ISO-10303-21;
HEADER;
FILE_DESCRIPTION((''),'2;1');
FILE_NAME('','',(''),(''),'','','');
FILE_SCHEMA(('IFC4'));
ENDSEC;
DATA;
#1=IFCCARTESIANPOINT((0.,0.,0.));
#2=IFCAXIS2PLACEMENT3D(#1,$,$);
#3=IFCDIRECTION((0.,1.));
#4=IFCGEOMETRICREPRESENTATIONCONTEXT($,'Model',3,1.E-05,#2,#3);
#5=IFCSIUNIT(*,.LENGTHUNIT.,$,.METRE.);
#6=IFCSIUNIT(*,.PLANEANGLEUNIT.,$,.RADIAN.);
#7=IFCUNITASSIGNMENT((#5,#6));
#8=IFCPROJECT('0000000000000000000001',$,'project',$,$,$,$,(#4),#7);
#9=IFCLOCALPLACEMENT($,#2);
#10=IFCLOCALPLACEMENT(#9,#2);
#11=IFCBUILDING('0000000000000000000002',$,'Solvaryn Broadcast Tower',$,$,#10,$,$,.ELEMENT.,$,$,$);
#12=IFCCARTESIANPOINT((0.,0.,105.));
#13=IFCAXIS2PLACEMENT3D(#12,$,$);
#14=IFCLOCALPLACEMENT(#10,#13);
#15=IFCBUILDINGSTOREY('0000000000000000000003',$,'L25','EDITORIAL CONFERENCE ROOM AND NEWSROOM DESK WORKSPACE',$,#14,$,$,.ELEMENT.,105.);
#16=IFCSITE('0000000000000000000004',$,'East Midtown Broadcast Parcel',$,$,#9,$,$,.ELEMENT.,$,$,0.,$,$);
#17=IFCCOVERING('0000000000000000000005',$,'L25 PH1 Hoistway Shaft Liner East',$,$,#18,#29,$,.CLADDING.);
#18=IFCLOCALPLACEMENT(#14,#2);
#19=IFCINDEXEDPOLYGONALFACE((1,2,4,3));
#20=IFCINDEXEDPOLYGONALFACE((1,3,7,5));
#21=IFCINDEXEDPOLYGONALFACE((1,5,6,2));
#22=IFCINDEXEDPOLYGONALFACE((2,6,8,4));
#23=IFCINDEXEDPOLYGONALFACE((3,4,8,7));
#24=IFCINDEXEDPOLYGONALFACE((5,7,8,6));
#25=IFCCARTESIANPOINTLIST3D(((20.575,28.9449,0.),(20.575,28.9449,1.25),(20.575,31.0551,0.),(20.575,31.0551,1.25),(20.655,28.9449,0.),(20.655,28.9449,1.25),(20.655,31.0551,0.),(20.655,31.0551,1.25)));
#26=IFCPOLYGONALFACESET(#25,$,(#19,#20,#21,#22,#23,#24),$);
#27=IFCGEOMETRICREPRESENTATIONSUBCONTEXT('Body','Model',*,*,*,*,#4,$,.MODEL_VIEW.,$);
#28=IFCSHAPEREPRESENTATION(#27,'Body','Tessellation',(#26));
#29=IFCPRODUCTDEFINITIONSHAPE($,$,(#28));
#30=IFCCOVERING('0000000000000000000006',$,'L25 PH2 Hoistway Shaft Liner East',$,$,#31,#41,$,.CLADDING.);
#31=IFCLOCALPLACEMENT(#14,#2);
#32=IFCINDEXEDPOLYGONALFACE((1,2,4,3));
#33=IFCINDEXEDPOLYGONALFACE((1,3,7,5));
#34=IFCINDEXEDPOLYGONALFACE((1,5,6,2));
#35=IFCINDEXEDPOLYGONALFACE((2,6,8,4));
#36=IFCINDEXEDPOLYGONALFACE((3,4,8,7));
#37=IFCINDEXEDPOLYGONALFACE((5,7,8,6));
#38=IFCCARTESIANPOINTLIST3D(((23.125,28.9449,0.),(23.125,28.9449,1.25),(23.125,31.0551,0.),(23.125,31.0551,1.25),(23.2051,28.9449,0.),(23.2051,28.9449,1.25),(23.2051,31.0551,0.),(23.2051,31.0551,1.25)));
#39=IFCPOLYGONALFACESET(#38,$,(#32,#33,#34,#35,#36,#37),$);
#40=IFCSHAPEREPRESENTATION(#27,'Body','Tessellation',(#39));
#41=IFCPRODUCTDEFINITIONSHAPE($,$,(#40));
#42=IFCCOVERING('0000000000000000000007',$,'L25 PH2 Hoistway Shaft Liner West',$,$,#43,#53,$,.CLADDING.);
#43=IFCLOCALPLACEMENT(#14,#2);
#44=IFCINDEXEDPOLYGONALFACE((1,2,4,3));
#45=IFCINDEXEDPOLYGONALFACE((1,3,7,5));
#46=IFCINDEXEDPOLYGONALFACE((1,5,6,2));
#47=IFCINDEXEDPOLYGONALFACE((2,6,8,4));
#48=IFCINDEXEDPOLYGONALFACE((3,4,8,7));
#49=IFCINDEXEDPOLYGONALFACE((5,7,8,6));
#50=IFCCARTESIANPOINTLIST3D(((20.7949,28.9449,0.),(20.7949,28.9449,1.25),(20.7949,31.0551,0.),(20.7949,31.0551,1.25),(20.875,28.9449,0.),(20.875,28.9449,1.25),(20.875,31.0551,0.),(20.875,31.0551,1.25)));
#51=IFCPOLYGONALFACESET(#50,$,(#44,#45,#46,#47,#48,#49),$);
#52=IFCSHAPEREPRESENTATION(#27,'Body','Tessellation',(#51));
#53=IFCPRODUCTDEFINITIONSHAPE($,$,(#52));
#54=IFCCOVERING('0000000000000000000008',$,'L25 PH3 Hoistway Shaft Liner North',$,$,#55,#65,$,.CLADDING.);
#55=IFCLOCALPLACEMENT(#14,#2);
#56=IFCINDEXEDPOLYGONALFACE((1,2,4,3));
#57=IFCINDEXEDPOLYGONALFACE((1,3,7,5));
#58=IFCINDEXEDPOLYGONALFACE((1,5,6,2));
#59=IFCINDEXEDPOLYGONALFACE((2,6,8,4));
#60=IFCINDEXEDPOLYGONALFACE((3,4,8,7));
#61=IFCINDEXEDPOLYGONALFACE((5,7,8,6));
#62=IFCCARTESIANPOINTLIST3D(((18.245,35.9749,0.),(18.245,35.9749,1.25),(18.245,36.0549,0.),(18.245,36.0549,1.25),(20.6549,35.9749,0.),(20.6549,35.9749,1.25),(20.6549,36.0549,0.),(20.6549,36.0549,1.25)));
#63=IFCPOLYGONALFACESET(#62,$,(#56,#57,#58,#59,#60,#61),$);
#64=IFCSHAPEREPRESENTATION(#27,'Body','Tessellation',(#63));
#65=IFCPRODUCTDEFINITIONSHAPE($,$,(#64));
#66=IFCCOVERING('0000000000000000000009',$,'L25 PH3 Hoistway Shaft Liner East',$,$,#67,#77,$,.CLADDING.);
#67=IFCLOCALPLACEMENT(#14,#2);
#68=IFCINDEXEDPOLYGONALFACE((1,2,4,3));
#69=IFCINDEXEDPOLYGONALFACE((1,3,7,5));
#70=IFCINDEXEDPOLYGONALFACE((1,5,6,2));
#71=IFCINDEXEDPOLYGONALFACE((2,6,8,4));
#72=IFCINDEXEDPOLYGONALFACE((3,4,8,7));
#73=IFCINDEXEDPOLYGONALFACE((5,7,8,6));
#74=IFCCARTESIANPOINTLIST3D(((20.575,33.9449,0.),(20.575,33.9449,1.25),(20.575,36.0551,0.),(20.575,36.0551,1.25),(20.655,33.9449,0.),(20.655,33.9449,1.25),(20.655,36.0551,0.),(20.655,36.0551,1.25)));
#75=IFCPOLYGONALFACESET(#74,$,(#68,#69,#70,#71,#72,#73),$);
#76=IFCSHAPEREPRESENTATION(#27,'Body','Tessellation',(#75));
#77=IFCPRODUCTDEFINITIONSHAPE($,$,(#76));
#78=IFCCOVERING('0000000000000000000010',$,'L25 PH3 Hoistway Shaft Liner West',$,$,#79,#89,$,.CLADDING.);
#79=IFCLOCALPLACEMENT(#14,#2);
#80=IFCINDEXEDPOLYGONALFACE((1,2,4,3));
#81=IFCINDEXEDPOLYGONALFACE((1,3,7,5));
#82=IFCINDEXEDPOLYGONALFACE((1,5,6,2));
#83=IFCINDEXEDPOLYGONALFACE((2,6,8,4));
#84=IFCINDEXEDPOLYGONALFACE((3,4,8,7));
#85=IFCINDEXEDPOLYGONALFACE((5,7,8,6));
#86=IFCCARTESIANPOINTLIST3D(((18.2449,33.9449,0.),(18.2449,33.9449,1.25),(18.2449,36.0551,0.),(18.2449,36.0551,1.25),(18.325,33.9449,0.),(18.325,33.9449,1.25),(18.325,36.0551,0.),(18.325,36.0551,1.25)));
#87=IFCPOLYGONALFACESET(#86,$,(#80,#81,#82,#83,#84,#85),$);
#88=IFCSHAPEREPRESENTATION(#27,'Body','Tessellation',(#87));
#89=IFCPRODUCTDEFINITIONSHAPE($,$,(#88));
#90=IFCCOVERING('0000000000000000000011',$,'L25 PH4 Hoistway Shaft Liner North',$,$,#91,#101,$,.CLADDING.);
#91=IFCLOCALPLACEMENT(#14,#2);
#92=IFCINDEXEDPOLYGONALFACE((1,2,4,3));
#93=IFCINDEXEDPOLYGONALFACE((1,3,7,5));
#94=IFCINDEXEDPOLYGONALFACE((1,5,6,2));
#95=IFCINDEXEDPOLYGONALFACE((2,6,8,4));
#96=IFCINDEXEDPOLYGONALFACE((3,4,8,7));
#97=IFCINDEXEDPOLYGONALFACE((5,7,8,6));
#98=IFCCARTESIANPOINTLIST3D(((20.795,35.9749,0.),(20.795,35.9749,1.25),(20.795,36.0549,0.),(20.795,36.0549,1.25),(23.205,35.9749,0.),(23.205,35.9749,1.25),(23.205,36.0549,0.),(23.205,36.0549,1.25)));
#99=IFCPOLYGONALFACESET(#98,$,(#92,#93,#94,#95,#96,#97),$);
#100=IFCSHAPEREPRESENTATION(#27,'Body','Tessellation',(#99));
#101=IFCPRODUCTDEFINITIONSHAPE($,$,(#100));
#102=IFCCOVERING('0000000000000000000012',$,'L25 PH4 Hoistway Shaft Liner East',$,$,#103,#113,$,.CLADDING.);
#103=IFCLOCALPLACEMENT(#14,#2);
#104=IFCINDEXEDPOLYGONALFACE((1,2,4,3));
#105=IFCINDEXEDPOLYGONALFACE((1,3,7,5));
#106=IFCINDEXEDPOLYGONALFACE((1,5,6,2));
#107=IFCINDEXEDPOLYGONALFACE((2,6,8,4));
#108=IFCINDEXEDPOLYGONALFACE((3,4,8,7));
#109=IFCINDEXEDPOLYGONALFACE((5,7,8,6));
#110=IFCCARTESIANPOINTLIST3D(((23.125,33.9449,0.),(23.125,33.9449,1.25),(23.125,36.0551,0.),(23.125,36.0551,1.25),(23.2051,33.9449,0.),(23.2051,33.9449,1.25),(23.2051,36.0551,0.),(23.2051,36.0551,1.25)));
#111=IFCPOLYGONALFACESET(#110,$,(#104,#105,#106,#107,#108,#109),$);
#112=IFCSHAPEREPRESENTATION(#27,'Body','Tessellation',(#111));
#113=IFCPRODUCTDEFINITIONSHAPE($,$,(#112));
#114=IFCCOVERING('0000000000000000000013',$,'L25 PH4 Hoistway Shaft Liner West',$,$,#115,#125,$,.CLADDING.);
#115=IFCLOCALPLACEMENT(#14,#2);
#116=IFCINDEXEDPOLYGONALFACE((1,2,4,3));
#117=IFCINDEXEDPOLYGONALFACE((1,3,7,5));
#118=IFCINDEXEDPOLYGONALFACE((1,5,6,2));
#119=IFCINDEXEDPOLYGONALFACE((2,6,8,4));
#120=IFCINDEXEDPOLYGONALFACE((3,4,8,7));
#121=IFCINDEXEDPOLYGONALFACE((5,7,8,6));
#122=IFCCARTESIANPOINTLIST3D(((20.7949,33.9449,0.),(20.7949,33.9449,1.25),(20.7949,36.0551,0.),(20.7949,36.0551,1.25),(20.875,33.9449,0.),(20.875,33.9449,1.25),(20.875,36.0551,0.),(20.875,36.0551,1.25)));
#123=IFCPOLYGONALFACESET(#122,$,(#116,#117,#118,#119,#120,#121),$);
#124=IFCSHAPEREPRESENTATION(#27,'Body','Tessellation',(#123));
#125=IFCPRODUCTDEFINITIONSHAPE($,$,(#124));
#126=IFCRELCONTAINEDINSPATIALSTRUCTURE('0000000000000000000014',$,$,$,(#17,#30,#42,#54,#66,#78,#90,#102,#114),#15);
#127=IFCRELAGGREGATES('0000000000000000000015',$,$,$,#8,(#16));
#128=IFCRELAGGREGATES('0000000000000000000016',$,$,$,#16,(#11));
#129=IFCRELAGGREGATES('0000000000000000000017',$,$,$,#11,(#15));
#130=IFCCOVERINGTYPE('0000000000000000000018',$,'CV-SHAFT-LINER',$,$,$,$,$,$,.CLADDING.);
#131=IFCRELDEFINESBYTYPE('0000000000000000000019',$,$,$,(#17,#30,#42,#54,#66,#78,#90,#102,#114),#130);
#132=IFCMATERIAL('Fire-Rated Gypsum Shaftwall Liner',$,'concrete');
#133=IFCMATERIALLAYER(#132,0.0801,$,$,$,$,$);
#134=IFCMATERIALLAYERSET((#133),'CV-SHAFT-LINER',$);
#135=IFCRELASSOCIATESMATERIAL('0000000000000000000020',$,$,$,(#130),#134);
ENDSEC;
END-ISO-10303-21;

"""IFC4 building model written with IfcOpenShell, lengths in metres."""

from ifc_helpers import new_model, si_unit, direction, frame, origin, origin_2d, place, context, subcontext, project, spatial, rectangle, extrude, material, layer, layer_set, type_object, element, save


model = new_model("IFC4")

# Units and contexts
model_context = context("Model", 3, precision=1e-05, world=origin(), true_north=direction((0.0, 1.0)))
body_context = subcontext(model_context, "Body", "Model", "MODEL_VIEW")
ifc_project = project(units=[si_unit("LENGTHUNIT", "METRE"), si_unit("PLANEANGLEUNIT", "RADIAN")], contexts=[model_context])

# Site, building, storey
site_placement = place(None, origin())
site = spatial("IfcSite", under=ifc_project, at=site_placement, Name="East Midtown Broadcast Parcel", CompositionType="ELEMENT", RefElevation=0.0)
building_placement = place(site_placement, origin())
building = spatial("IfcBuilding", under=site, at=building_placement, Name="Solvaryn Broadcast Tower", CompositionType="ELEMENT")
storey_placement = place(building_placement, frame((0.0, 0.0, 105.0)))
storey = spatial("IfcBuildingStorey", under=building, at=storey_placement, Name="L25", Description="EDITORIAL CONFERENCE ROOM AND NEWSROOM DESK WORKSPACE", CompositionType="ELEMENT", Elevation=105.0)

# Coverings
ifc_material_1 = material(Name="Fire-Rated Gypsum Shaftwall Liner", Category="concrete")
ifc_layer_1 = layer(ifc_material_1, 0.0801)
ifc_layer_set_1 = layer_set([ifc_layer_1], Name="CV-SHAFT-LINER")
covering_type = type_object("IfcCoveringType", Name="CV-SHAFT-LINER", PredefinedType="CLADDING", material=ifc_layer_set_1)
for number, where, z_axis, x_axis, name in (
    (1, (20.615, 30.0, 0.0), (0.0, 0.0, 1.0), (1.0, 0.0, 0.0), "L25 PH1 Hoistway Shaft Liner East"),
    (2, (23.165, 30.0, 0.0), (0.0, 0.0, 1.0), (1.0, 0.0, 0.0), "L25 PH2 Hoistway Shaft Liner East"),
    (3, (20.835, 30.0, 0.0), (0.0, 0.0, 1.0), (1.0, 0.0, 0.0), "L25 PH2 Hoistway Shaft Liner West"),
):
    element("IfcCovering", number, at=place(storey_placement, frame(where, z_axis=z_axis, x_axis=x_axis)), inside=storey, type_object=covering_type, Name=name, PredefinedType="CLADDING", context=body_context, shape_type="SweptSolid", body=[
        extrude(rectangle(XDim=0.0801, YDim=2.1101, at=origin_2d()), origin(), (0.0, 0.0, 1.0), 1.25),
    ])
covering_1_placement = place(storey_placement, frame((19.45, 36.0149, 0.0), z_axis=(0.0, 0.0, 1.0), x_axis=(1.0, 0.0, 0.0)))
element("IfcCovering", 4, at=covering_1_placement, inside=storey, type_object=covering_type, Name="L25 PH3 Hoistway Shaft Liner North", PredefinedType="CLADDING", context=body_context, shape_type="SweptSolid", body=[
    extrude(rectangle(XDim=2.4099, YDim=0.0801, at=origin_2d()), origin(), (0.0, 0.0, 1.0), 1.25),
])
for number, where, z_axis, x_axis, name in (
    (5, (20.615, 35.0, 0.0), (0.0, 0.0, 1.0), (1.0, 0.0, 0.0), "L25 PH3 Hoistway Shaft Liner East"),
    (6, (18.2849, 35.0, 0.0), (0.0, 0.0, 1.0), (1.0, 0.0, 0.0), "L25 PH3 Hoistway Shaft Liner West"),
):
    element("IfcCovering", number, at=place(storey_placement, frame(where, z_axis=z_axis, x_axis=x_axis)), inside=storey, type_object=covering_type, Name=name, PredefinedType="CLADDING", context=body_context, shape_type="SweptSolid", body=[
        extrude(rectangle(XDim=0.0801, YDim=2.1101, at=origin_2d()), origin(), (0.0, 0.0, 1.0), 1.25),
    ])
covering_2_placement = place(storey_placement, frame((22.0, 36.0149, 0.0), z_axis=(0.0, 0.0, 1.0), x_axis=(1.0, 0.0, 0.0)))
element("IfcCovering", 7, at=covering_2_placement, inside=storey, type_object=covering_type, Name="L25 PH4 Hoistway Shaft Liner North", PredefinedType="CLADDING", context=body_context, shape_type="SweptSolid", body=[
    extrude(rectangle(XDim=2.4099, YDim=0.0801, at=origin_2d()), origin(), (0.0, 0.0, 1.0), 1.25),
])
for number, where, z_axis, x_axis, name in (
    (8, (23.165, 35.0, 0.0), (0.0, 0.0, 1.0), (1.0, 0.0, 0.0), "L25 PH4 Hoistway Shaft Liner East"),
    (9, (20.835, 35.0, 0.0), (0.0, 0.0, 1.0), (1.0, 0.0, 0.0), "L25 PH4 Hoistway Shaft Liner West"),
):
    element("IfcCovering", number, at=place(storey_placement, frame(where, z_axis=z_axis, x_axis=x_axis)), inside=storey, type_object=covering_type, Name=name, PredefinedType="CLADDING", context=body_context, shape_type="SweptSolid", body=[
        extrude(rectangle(XDim=0.0801, YDim=2.1101, at=origin_2d()), origin(), (0.0, 0.0, 1.0), 1.25),
    ])

save(model, "model.ifc")
